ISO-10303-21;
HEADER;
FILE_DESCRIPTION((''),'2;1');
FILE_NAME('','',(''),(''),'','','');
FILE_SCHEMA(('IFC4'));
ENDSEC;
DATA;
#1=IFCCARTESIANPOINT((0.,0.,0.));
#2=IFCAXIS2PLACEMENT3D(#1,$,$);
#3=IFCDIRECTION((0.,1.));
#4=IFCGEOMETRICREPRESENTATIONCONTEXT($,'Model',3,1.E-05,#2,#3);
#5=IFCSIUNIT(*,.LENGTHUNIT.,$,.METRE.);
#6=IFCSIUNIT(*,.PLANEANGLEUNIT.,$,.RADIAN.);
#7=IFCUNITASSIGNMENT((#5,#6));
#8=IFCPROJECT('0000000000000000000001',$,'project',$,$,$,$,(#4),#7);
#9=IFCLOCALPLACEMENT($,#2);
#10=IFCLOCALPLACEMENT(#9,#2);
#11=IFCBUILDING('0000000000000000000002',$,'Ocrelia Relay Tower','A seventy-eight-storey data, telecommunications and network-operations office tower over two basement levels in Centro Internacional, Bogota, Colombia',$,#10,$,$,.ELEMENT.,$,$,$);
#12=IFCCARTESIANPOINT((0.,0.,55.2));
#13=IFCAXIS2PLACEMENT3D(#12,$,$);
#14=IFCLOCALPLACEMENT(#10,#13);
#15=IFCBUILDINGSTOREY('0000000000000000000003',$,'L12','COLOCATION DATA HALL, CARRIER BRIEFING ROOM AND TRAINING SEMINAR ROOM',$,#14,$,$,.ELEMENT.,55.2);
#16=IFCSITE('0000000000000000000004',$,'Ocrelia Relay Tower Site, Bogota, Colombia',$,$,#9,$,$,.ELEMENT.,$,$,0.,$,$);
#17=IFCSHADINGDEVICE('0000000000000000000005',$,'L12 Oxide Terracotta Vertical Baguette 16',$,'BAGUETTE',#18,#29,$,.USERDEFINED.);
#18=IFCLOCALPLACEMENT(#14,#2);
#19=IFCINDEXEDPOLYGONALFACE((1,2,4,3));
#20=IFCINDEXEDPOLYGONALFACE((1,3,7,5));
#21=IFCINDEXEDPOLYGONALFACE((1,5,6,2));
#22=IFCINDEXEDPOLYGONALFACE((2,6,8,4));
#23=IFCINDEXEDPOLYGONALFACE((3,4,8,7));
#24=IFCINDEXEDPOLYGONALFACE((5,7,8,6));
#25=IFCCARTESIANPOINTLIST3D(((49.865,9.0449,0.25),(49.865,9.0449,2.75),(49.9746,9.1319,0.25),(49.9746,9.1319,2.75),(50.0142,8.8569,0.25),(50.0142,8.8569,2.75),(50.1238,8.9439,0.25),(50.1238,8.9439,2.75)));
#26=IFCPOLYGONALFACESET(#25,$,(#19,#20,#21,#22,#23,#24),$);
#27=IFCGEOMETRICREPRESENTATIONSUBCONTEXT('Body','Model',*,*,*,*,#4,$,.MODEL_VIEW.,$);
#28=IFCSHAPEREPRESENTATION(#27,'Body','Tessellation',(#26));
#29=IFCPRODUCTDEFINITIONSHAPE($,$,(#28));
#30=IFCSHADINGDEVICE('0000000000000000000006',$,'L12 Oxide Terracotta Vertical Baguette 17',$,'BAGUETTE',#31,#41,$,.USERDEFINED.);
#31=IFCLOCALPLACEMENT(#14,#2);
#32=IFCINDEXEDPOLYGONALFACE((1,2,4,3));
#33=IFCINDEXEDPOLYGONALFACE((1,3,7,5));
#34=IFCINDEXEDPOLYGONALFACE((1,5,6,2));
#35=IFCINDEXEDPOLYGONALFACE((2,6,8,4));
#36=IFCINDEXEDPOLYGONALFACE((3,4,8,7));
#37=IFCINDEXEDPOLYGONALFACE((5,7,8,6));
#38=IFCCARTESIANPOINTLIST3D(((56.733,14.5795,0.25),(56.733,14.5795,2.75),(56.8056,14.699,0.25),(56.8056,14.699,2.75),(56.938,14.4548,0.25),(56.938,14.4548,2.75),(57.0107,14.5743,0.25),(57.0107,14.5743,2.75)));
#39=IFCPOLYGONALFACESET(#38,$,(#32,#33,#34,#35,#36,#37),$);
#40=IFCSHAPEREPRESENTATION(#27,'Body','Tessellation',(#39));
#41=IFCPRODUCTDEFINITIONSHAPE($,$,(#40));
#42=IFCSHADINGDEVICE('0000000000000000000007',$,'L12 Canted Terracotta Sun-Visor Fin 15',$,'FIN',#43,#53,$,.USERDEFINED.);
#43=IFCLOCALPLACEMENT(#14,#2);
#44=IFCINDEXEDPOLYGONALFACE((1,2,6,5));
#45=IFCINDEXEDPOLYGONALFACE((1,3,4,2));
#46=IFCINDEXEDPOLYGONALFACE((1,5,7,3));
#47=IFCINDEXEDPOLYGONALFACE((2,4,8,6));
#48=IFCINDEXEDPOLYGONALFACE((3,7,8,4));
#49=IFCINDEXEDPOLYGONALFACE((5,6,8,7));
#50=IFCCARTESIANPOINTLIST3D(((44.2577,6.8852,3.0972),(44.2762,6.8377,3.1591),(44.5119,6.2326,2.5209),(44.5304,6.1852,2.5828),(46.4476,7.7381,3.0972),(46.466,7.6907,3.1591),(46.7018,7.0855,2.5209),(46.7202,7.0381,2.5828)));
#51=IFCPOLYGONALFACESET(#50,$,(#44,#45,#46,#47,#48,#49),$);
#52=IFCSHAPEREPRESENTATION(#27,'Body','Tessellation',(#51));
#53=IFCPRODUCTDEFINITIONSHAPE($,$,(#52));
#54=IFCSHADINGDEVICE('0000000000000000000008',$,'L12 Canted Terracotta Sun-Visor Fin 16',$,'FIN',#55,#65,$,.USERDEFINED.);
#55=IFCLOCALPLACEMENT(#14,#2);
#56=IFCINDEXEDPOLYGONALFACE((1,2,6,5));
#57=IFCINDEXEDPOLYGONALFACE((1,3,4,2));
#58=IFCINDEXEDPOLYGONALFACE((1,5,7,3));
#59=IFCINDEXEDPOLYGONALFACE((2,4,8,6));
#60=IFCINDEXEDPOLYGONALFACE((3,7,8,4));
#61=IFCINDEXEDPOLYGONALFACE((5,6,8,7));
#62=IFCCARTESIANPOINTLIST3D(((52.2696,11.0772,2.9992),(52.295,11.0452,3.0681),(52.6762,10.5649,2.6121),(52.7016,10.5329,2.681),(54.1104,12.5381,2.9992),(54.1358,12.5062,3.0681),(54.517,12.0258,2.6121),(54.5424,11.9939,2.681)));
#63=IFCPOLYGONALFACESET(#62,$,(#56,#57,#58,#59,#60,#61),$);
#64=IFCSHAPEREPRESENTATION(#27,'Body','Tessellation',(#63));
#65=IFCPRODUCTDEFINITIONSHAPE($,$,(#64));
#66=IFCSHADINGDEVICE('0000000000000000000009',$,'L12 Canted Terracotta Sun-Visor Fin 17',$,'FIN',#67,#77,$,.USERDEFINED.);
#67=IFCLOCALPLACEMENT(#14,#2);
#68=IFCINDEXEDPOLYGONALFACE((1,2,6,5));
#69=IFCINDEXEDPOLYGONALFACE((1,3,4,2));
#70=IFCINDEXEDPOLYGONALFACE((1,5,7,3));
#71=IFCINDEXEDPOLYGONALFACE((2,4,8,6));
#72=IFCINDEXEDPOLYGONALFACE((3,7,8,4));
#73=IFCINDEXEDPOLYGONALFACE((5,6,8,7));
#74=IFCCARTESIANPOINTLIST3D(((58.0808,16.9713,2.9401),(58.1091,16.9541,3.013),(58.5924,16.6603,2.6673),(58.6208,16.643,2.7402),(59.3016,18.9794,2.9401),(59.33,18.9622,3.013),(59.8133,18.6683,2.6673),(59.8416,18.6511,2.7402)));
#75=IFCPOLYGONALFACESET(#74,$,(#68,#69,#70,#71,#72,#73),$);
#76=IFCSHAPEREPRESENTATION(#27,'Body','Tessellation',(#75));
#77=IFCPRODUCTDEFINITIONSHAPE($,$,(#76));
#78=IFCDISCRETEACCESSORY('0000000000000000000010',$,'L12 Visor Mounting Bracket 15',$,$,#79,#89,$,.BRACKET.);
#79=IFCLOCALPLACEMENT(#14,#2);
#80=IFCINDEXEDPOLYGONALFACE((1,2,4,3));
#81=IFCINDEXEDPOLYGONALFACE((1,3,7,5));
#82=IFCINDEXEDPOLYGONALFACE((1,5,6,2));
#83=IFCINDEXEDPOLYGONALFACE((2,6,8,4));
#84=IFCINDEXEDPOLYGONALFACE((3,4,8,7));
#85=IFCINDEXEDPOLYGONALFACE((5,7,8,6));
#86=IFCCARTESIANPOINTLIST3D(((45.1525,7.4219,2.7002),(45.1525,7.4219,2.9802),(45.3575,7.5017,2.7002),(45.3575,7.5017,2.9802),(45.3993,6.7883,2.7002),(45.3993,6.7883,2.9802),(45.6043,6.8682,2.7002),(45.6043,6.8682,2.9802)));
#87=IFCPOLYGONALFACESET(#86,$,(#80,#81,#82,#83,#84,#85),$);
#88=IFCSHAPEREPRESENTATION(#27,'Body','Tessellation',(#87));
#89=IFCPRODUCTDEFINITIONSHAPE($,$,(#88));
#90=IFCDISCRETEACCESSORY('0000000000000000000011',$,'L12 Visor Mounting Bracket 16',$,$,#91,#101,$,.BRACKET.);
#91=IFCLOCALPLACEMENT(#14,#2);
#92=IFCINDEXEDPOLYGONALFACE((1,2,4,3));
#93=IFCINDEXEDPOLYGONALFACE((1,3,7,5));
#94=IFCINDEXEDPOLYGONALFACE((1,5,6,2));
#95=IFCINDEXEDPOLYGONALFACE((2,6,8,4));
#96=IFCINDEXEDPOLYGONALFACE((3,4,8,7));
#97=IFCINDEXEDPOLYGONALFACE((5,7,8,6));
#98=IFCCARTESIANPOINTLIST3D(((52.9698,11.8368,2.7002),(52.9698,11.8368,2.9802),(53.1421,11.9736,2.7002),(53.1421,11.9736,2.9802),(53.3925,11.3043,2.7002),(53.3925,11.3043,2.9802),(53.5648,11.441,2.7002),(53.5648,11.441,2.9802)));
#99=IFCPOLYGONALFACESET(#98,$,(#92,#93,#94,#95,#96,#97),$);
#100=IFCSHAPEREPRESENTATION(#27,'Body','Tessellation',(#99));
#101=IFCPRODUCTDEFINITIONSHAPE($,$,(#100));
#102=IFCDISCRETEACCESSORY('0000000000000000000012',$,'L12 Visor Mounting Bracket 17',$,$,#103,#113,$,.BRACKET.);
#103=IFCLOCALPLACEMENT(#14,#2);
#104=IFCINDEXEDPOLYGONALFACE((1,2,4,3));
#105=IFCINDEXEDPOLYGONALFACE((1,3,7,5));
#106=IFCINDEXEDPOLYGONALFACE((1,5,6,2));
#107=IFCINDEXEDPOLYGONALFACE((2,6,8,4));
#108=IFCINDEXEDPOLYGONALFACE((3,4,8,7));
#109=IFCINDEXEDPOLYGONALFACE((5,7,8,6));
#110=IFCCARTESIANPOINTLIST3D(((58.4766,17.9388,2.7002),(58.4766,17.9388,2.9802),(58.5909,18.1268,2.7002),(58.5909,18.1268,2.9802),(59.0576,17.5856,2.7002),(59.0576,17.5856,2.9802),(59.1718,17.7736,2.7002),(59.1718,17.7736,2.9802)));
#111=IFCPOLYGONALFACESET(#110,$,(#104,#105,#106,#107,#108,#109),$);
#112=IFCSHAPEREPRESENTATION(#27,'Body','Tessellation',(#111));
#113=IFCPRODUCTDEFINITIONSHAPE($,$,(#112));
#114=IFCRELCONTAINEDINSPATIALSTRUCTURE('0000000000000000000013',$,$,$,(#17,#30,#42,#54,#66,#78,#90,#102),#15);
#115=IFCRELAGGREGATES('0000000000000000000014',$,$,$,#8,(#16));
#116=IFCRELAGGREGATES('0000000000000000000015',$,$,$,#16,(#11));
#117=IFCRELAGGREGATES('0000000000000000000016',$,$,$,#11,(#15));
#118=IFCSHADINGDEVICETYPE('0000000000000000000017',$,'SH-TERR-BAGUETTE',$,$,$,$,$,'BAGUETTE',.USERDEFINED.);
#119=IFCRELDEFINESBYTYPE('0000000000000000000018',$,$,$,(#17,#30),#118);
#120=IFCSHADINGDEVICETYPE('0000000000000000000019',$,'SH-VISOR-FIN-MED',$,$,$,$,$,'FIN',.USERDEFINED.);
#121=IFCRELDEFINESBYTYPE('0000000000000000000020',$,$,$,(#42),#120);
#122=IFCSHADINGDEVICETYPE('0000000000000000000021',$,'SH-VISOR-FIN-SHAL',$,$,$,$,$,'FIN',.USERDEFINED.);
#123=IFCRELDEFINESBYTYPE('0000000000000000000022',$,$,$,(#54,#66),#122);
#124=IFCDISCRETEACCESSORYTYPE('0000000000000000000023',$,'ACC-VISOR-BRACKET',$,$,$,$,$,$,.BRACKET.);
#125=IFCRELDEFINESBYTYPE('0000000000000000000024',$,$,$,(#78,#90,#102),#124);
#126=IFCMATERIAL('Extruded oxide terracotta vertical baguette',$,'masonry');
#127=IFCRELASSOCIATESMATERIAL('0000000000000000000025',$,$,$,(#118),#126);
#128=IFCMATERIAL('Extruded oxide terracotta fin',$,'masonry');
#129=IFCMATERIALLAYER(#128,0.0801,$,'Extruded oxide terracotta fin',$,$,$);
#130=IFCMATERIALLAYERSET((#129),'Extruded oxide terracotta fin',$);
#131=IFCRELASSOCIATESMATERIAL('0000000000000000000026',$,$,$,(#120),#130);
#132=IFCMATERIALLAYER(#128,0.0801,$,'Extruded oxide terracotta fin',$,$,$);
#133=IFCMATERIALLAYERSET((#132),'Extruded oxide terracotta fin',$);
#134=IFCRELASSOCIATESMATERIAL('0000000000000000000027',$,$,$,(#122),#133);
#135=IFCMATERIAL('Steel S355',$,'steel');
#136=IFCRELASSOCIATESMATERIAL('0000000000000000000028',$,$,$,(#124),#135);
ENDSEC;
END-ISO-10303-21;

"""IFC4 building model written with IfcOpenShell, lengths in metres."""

from ifc_helpers import new_model, si_unit, direction, frame, origin, origin_2d, place, context, subcontext, project, spatial, rectangle, extrude, material, layer, layer_set, type_object, element, save


model = new_model("IFC4")

# Units and contexts
model_context = context("Model", 3, precision=1e-05, world=origin(), true_north=direction((0.0, 1.0)))
body_context = subcontext(model_context, "Body", "Model", "MODEL_VIEW")
ifc_project = project(units=[si_unit("LENGTHUNIT", "METRE"), si_unit("PLANEANGLEUNIT", "RADIAN")], contexts=[model_context])

# Site, building, storey
site_placement = place(None, origin())
site = spatial("IfcSite", under=ifc_project, at=site_placement, Name="Ocrelia Relay Tower Site, Bogota, Colombia", CompositionType="ELEMENT", RefElevation=0.0)
building_placement = place(site_placement, origin())
building = spatial("IfcBuilding", under=site, at=building_placement, Name="Ocrelia Relay Tower", Description="A seventy-eight-storey data, telecommunications and network-operations office tower over two basement levels in Centro Internacional, Bogota, Colombia", CompositionType="ELEMENT")
storey_placement = place(building_placement, frame((0.0, 0.0, 55.2)))
storey = spatial("IfcBuildingStorey", under=building, at=storey_placement, Name="L12", Description="COLOCATION DATA HALL, CARRIER BRIEFING ROOM AND TRAINING SEMINAR ROOM", CompositionType="ELEMENT", Elevation=55.2)

# Shared definitions
ifc_material_1 = material(Name="Steel S355", Category="steel")

# Shading devices
ifc_material_2 = material(Name="Extruded oxide terracotta vertical baguette", Category="masonry")
shading_device_type_1 = type_object("IfcShadingDeviceType", Name="SH-TERR-BAGUETTE", ElementType="BAGUETTE", PredefinedType="USERDEFINED", material=ifc_material_2)
for number, where, z_axis, x_axis, name in (
    (1, (49.9944, 8.9944, 0.25), (0.0, 0.0, 1.0), (0.783291, 0.621656, 0.0), "L12 Oxide Terracotta Vertical Baguette 16"),
    (2, (56.8718, 14.5769, 0.25), (0.0, 0.0, 1.0), (0.519499, 0.854471, 0.0), "L12 Oxide Terracotta Vertical Baguette 17"),
):
    element("IfcShadingDevice", number, at=place(storey_placement, frame(where, z_axis=z_axis, x_axis=x_axis)), inside=storey, type_object=shading_device_type_1, Name=name, ObjectType="BAGUETTE", PredefinedType="USERDEFINED", context=body_context, shape_type="SweptSolid", body=[
        extrude(rectangle(XDim=0.1399, YDim=0.24, at=origin_2d()), origin(), (0.0, 0.0, 1.0), 2.5),
    ])
ifc_material_3 = material(Name="Extruded oxide terracotta fin", Category="masonry")
ifc_layer_1 = layer(ifc_material_3, 0.0801, Name="Extruded oxide terracotta fin")
ifc_layer_set_1 = layer_set([ifc_layer_1], Name="Extruded oxide terracotta fin")
shading_device_type_2 = type_object("IfcShadingDeviceType", Name="SH-VISOR-FIN-MED", ElementType="FIN", PredefinedType="USERDEFINED", material=ifc_layer_set_1)
shading_device_1_placement = place(storey_placement, frame((45.4797, 6.9854, 2.8091), z_axis=(0.230623, -0.592074, 0.772179), x_axis=(0.931807, 0.362955, 0.0)))
element("IfcShadingDevice", 3, at=shading_device_1_placement, inside=storey, type_object=shading_device_type_2, Name="L12 Canted Terracotta Sun-Visor Fin 15", ObjectType="FIN", PredefinedType="USERDEFINED", context=body_context, shape_type="SweptSolid", body=[
    extrude(rectangle(XDim=2.3501, YDim=0.907, at=origin_2d()), origin(), (0.0, 0.0, 1.0), 0.0801),
])
ifc_layer_2 = layer(ifc_material_3, 0.0801, Name="Extruded oxide terracotta fin")
ifc_layer_set_2 = layer_set([ifc_layer_2], Name="Extruded oxide terracotta fin")
shading_device_type_3 = type_object("IfcShadingDeviceType", Name="SH-VISOR-FIN-SHAL", ElementType="FIN", PredefinedType="USERDEFINED", material=ifc_layer_set_2)
shading_device_2_placement = place(storey_placement, frame((53.3933, 11.5515, 2.8057), z_axis=(0.316635, -0.398963, 0.860564), x_axis=(0.783291, 0.621656, 0.0)))
element("IfcShadingDevice", 4, at=shading_device_2_placement, inside=storey, type_object=shading_device_type_3, Name="L12 Canted Terracotta Sun-Visor Fin 16", ObjectType="FIN", PredefinedType="USERDEFINED", context=body_context, shape_type="SweptSolid", body=[
    extrude(rectangle(XDim=2.3501, YDim=0.76, at=origin_2d()), origin(), (0.0, 0.0, 1.0), 0.0801),
])
shading_device_3_placement = place(storey_placement, frame((58.947, 17.8198, 2.8037), z_axis=(0.354208, -0.21535, 0.910034), x_axis=(0.519499, 0.854471, 0.0)))
element("IfcShadingDevice", 5, at=shading_device_3_placement, inside=storey, type_object=shading_device_type_3, Name="L12 Canted Terracotta Sun-Visor Fin 17", ObjectType="FIN", PredefinedType="USERDEFINED", context=body_context, shape_type="SweptSolid", body=[
    extrude(rectangle(XDim=2.3501, YDim=0.658, at=origin_2d()), origin(), (0.0, 0.0, 1.0), 0.0801),
])

# Discrete accessories
discrete_accessory_type = type_object("IfcDiscreteAccessoryType", Name="ACC-VISOR-BRACKET", PredefinedType="BRACKET", material=ifc_material_1)
for number, where, z_axis, x_axis, name in (
    (6, (45.3784, 7.145, 2.7002), (0.0, 0.0, 1.0), (0.931807, 0.362955, 0.0), "L12 Visor Mounting Bracket 15"),
    (7, (53.2673, 11.6389, 2.7002), (0.0, 0.0, 1.0), (0.783291, 0.621656, 0.0), "L12 Visor Mounting Bracket 16"),
    (8, (58.8242, 17.8562, 2.7002), (0.0, 0.0, 1.0), (0.519499, 0.854471, 0.0), "L12 Visor Mounting Bracket 17"),
):
    element("IfcDiscreteAccessory", number, at=place(storey_placement, frame(where, z_axis=z_axis, x_axis=x_axis)), inside=storey, type_object=discrete_accessory_type, Name=name, PredefinedType="BRACKET", context=body_context, shape_type="SweptSolid", body=[
        extrude(rectangle(XDim=0.22, YDim=0.6799, at=origin_2d()), origin(), (0.0, 0.0, 1.0), 0.28),
    ])

save(model, "model.ifc")
